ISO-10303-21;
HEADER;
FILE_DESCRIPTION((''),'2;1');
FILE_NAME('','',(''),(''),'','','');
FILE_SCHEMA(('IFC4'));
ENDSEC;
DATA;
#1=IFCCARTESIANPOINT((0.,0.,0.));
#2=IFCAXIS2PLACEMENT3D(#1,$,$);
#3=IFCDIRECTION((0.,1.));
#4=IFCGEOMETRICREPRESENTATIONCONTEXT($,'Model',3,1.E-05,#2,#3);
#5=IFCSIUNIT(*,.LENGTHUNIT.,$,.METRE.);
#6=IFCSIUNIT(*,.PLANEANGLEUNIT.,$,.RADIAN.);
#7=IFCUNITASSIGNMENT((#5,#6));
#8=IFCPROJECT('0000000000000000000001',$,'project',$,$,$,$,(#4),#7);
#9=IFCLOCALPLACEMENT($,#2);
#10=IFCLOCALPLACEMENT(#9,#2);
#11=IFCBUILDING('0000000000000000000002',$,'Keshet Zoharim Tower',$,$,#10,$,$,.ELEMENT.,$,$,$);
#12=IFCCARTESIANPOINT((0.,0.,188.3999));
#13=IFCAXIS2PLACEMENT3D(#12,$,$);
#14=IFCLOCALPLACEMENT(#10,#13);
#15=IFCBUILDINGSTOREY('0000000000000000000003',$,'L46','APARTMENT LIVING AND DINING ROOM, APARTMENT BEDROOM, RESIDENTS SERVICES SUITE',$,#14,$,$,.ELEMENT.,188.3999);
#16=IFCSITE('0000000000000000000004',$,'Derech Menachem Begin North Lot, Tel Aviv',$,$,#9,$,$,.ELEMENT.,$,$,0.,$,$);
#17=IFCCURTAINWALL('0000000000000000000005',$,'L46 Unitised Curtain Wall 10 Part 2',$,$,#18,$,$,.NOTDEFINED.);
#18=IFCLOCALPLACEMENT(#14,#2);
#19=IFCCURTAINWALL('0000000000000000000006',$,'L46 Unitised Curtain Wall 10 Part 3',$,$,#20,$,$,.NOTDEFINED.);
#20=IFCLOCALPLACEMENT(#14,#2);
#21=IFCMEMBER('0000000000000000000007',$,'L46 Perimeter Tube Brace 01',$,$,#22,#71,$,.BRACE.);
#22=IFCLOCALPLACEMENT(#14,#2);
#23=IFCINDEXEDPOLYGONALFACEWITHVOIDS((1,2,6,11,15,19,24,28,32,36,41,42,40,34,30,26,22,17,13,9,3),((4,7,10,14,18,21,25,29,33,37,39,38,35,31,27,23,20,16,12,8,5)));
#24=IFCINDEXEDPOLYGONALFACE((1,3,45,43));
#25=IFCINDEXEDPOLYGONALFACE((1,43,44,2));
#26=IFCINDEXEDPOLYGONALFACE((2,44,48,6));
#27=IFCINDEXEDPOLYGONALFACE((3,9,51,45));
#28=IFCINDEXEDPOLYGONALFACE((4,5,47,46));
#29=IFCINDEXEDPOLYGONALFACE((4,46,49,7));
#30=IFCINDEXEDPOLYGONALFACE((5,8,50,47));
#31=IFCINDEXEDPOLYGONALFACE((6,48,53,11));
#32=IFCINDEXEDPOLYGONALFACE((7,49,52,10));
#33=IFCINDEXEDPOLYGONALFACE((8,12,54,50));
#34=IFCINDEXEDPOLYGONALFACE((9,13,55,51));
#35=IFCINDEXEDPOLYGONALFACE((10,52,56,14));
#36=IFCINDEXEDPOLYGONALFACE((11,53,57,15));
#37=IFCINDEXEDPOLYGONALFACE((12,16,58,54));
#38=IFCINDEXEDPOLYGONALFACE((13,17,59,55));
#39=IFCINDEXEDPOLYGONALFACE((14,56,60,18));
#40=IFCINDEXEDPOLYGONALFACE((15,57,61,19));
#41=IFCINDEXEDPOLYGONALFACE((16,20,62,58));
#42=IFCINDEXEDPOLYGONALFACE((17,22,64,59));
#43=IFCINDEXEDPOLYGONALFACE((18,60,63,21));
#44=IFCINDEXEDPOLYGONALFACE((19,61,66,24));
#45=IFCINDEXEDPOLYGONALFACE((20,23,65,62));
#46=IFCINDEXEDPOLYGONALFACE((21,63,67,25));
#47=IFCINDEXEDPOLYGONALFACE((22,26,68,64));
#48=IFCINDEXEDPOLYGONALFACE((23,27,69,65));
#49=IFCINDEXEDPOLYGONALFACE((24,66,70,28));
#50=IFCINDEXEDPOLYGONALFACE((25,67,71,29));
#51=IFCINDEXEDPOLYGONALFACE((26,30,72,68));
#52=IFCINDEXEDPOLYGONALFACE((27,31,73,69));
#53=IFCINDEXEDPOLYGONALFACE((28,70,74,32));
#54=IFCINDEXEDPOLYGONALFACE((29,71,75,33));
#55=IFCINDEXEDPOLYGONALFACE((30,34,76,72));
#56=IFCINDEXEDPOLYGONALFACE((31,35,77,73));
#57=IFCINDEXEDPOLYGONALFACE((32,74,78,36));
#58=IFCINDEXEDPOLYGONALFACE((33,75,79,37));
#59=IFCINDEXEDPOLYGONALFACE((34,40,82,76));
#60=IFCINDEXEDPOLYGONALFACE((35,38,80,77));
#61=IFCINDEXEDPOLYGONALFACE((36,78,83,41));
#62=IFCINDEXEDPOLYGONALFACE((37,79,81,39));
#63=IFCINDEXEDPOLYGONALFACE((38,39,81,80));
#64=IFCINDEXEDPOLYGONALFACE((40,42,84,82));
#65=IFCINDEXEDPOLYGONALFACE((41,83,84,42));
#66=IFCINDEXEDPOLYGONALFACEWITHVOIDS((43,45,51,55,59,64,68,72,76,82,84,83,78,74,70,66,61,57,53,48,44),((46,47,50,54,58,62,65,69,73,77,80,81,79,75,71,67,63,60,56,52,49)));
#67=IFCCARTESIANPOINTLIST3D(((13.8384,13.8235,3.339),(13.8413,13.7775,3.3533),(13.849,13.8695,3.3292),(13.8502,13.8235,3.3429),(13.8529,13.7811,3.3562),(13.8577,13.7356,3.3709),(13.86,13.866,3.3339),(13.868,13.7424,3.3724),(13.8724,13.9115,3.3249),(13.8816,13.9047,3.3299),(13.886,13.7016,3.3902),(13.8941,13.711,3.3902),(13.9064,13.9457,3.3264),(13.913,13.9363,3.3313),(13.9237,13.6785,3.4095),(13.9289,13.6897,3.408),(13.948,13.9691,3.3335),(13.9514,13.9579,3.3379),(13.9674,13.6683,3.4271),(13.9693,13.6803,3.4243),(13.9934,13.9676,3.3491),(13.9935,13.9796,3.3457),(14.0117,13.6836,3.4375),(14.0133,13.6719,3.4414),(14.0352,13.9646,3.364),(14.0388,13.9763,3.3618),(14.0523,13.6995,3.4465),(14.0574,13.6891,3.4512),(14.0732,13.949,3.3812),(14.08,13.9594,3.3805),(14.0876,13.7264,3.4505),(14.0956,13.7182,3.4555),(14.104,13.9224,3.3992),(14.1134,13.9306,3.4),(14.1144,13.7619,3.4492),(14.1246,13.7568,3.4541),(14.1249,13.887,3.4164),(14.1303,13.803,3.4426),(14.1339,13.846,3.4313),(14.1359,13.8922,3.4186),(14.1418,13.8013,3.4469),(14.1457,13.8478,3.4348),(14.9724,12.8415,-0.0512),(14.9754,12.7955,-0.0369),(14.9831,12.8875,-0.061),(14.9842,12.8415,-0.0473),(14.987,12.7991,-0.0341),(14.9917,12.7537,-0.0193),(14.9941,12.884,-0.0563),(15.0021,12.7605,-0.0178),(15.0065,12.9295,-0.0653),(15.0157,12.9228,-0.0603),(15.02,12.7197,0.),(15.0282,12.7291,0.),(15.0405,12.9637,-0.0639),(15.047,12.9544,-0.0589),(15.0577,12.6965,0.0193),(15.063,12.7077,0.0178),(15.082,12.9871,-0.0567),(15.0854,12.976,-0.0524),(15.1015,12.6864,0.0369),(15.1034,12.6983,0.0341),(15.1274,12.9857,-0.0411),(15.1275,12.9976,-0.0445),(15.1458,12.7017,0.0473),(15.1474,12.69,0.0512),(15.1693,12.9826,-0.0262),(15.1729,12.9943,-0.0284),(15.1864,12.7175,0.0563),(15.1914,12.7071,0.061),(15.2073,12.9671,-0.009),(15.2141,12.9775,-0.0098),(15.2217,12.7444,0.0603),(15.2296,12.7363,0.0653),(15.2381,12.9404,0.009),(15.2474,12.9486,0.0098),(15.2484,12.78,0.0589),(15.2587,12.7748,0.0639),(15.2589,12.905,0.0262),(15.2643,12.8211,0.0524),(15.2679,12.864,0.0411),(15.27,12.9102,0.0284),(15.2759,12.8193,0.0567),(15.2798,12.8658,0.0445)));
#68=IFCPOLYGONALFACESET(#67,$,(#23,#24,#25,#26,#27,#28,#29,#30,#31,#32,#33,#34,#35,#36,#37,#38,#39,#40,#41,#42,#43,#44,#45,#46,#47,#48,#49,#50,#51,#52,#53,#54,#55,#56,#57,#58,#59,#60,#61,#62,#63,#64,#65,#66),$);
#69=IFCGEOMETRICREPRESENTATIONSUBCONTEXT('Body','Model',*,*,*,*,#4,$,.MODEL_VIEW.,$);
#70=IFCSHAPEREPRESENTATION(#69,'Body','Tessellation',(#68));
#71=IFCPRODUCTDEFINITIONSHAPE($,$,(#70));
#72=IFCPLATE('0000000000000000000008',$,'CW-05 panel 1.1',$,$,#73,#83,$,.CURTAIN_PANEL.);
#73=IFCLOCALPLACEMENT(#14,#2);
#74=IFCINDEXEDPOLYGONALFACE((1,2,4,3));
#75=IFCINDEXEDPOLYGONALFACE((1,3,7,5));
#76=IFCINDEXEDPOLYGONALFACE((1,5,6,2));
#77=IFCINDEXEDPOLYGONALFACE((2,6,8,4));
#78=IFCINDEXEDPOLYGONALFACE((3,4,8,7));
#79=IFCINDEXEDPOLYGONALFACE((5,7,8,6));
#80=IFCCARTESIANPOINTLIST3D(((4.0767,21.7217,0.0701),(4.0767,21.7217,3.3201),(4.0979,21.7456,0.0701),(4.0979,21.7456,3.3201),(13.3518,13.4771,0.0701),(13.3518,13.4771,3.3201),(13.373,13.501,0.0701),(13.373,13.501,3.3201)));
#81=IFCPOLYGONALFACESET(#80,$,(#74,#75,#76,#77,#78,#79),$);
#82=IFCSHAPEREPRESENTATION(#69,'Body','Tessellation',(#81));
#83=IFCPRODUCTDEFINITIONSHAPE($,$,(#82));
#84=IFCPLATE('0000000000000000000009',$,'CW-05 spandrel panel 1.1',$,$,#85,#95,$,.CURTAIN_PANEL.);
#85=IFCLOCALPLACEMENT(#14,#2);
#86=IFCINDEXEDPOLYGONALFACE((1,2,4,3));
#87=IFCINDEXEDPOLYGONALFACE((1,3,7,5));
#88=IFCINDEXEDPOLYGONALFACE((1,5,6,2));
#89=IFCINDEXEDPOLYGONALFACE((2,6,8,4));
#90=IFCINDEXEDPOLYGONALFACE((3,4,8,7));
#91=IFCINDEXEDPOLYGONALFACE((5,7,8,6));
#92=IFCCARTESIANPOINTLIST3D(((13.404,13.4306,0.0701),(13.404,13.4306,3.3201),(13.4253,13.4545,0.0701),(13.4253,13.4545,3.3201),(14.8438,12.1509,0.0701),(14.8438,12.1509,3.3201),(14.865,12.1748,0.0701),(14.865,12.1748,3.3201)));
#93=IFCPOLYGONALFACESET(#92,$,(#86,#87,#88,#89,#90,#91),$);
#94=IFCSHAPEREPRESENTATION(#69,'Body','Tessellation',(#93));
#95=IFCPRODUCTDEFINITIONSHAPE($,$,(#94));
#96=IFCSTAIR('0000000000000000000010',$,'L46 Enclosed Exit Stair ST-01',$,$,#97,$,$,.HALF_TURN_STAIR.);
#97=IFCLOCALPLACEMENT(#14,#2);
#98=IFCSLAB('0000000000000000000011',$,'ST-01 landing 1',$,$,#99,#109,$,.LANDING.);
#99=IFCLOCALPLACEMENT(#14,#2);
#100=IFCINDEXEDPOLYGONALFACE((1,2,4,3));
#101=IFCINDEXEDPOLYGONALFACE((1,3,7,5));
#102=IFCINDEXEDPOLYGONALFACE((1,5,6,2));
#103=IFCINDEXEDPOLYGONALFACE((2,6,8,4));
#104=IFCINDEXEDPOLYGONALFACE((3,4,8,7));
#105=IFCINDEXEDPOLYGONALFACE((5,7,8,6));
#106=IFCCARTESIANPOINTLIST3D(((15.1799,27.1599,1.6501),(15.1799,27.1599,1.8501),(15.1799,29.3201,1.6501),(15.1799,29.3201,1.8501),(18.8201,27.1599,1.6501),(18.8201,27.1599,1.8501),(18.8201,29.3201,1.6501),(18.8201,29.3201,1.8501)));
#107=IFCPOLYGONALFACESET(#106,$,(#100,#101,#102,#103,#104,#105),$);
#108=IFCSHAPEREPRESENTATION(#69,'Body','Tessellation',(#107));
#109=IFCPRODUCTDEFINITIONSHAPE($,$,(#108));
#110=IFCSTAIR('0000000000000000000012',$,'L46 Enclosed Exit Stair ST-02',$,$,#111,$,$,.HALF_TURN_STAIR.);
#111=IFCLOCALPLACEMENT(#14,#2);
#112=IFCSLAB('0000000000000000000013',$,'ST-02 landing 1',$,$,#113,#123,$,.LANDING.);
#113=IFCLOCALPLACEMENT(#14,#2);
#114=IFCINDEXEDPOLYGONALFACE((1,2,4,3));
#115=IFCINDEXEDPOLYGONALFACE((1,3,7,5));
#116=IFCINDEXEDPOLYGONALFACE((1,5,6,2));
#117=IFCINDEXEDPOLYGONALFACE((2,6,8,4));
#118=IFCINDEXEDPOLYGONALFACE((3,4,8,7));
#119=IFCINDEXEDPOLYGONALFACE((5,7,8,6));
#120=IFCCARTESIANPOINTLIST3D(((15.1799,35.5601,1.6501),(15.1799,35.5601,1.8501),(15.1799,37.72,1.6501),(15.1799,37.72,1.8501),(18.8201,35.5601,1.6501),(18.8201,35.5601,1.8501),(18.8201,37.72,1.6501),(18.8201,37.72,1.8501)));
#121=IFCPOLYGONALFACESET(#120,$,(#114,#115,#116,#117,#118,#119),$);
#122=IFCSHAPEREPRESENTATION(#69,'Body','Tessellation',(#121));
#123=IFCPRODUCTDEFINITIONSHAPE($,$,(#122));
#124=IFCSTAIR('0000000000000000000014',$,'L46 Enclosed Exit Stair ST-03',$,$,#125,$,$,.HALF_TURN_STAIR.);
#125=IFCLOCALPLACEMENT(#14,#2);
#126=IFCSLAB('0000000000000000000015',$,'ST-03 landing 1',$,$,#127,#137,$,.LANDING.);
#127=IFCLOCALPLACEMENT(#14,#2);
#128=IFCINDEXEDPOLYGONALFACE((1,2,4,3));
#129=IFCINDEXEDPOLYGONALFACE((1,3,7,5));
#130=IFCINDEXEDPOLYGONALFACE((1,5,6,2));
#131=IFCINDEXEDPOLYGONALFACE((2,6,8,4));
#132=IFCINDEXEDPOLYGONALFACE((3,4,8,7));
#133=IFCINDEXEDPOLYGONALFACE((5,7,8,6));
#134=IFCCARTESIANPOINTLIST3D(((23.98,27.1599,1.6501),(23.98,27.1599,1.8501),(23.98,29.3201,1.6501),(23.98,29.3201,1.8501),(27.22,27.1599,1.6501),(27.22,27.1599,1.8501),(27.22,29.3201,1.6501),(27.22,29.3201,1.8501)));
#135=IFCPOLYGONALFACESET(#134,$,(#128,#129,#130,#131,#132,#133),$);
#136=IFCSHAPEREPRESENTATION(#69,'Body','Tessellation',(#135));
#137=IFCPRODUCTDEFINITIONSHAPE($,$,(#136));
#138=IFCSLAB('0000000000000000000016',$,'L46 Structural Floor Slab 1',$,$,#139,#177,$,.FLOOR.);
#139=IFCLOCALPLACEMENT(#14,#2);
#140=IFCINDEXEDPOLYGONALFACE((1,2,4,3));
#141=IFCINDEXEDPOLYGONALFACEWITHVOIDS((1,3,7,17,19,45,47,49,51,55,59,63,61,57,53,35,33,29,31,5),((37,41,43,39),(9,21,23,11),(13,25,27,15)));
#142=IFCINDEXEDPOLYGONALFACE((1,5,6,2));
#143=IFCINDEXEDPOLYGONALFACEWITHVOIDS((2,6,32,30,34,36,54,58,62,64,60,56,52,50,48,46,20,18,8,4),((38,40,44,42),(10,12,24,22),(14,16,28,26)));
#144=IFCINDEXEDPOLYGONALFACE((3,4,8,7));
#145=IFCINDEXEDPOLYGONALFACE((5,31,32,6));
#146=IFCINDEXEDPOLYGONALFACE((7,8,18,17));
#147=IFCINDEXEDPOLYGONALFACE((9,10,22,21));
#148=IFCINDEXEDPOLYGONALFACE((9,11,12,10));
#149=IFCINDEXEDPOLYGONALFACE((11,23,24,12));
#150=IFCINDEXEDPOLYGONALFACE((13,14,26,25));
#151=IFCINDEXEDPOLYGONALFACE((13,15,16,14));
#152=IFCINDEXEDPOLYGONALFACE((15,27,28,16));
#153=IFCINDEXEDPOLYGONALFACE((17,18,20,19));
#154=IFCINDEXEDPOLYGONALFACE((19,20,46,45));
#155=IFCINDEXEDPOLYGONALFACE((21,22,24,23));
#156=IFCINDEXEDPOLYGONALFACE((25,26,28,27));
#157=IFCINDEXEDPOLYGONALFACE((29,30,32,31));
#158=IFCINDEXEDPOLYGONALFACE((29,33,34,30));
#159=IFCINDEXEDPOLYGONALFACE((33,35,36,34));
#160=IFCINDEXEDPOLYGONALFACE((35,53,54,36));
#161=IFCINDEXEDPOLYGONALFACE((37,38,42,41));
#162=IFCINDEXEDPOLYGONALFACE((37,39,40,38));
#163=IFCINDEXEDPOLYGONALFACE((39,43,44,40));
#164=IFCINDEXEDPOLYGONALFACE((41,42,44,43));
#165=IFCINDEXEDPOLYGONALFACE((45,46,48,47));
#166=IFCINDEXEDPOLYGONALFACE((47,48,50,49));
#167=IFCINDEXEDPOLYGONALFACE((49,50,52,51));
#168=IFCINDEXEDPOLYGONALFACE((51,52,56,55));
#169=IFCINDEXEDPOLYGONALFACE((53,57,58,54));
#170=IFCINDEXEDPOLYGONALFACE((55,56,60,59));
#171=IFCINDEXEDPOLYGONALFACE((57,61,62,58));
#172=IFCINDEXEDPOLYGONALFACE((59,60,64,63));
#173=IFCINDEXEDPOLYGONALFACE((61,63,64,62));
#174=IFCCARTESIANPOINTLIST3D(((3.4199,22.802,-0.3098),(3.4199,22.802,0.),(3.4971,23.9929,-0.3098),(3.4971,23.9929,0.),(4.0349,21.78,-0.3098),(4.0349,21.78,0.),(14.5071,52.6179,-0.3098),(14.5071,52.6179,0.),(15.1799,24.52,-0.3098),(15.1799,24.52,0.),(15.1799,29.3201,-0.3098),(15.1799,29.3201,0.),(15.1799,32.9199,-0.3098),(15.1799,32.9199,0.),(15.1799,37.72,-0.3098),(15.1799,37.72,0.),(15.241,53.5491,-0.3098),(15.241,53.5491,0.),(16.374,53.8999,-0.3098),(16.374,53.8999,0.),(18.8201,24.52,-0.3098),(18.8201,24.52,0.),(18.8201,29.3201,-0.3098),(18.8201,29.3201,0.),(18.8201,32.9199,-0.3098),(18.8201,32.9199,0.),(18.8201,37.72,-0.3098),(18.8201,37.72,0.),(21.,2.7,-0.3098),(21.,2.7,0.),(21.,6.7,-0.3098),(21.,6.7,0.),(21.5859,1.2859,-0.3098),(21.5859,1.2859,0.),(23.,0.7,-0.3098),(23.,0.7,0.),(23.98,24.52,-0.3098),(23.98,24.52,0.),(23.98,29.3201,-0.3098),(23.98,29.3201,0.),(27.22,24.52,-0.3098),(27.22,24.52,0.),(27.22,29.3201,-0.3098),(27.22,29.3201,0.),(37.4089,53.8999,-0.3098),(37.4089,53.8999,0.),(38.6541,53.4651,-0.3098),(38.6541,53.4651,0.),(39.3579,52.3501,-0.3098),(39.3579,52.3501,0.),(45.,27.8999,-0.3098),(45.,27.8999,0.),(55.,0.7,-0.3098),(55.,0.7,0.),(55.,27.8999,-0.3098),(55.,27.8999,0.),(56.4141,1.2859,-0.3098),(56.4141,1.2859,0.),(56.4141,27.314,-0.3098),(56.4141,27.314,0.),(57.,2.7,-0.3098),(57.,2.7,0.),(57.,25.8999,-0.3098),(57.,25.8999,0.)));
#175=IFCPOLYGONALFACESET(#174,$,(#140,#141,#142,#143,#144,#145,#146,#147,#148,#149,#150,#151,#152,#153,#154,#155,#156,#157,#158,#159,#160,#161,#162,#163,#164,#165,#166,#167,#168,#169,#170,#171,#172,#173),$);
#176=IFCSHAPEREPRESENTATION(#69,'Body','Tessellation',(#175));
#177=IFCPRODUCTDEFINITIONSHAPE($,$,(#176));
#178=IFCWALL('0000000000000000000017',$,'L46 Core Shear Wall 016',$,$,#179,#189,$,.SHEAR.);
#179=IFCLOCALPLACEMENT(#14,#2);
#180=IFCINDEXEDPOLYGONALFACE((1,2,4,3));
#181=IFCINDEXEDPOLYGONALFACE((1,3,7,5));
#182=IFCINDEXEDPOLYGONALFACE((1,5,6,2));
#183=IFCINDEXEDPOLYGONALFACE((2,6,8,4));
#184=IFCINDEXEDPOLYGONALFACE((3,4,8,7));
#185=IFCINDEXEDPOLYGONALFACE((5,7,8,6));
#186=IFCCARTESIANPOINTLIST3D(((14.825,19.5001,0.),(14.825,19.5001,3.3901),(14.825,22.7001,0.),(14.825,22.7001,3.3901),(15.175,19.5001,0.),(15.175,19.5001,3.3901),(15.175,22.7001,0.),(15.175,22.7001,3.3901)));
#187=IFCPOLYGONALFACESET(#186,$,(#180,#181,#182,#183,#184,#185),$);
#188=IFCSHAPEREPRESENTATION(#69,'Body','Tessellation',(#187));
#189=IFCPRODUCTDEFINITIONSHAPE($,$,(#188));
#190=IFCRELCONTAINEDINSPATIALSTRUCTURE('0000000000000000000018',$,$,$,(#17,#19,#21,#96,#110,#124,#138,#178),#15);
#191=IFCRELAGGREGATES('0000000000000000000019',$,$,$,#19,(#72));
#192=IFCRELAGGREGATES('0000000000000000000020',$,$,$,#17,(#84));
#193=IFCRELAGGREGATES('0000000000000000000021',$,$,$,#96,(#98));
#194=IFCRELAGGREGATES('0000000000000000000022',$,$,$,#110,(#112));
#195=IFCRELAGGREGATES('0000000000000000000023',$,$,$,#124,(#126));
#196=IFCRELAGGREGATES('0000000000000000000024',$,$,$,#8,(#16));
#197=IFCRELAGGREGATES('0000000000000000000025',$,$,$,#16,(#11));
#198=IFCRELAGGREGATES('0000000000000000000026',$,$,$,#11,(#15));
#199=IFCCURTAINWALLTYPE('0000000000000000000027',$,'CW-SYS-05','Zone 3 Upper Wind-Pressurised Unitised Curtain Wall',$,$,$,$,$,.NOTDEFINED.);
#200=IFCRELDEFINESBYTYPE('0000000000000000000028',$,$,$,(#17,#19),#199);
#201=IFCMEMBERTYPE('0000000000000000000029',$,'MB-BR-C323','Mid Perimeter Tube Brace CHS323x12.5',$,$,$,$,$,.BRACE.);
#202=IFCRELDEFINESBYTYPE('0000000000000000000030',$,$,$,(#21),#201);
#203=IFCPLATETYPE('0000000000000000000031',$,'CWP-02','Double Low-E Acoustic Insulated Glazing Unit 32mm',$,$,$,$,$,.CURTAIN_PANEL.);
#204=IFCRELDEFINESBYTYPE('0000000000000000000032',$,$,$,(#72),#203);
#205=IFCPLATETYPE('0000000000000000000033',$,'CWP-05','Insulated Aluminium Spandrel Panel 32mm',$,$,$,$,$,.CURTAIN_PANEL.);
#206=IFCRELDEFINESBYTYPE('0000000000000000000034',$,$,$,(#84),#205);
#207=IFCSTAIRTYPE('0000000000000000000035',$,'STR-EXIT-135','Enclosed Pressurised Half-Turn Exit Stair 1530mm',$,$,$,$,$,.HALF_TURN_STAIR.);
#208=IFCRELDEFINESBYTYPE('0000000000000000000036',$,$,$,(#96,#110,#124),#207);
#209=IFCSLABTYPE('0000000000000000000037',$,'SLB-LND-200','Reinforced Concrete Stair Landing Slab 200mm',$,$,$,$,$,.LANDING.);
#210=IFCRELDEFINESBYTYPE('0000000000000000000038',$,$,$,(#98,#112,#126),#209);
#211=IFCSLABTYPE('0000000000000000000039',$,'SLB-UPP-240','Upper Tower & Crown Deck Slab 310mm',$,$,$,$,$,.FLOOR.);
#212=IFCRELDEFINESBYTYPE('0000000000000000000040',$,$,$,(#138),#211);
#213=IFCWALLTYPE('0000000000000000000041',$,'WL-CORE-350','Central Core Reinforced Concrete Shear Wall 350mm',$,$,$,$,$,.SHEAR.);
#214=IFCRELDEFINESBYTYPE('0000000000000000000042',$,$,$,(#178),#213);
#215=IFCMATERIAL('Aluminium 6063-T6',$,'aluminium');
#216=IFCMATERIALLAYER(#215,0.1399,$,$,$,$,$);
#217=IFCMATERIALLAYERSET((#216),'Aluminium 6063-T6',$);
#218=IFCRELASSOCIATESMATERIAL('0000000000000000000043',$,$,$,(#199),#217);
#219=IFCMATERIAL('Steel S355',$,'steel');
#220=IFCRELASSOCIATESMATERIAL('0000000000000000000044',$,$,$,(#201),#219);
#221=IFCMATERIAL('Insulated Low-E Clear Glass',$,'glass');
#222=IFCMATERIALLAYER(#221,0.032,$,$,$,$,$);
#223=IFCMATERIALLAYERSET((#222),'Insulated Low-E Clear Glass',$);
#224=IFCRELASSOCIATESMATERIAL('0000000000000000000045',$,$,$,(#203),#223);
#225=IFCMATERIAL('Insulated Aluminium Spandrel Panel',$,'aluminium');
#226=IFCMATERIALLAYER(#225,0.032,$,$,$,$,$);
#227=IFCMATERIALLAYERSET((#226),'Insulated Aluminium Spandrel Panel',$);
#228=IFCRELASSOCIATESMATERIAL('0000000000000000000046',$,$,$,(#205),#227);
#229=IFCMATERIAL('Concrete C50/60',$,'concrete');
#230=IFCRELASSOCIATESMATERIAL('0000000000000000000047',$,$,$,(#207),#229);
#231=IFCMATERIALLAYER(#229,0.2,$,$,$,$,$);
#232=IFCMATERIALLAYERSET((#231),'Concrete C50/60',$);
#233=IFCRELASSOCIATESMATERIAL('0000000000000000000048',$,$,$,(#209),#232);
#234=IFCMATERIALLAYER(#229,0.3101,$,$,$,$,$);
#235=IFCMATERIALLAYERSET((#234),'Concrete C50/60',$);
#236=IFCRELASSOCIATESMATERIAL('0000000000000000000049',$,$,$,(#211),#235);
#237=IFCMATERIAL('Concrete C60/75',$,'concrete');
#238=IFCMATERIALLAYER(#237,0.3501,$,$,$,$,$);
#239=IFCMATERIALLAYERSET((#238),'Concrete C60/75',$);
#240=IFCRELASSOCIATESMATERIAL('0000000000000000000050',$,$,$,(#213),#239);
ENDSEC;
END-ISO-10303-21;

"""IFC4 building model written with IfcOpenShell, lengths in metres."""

from ifc_helpers import new_model, si_unit, direction, frame, frame_2d, origin, origin_2d, place, context, subcontext, project, spatial, polyline, rectangle, hollow_circle, outline, extrude, material, layer, layer_set, material_profile, profile_set, type_object, element, aggregate, save


model = new_model("IFC4")

# Units and contexts
model_context = context("Model", 3, precision=1e-05, world=origin(), true_north=direction((0.0, 1.0)))
body_context = subcontext(model_context, "Body", "Model", "MODEL_VIEW")
ifc_project = project(units=[si_unit("LENGTHUNIT", "METRE"), si_unit("PLANEANGLEUNIT", "RADIAN")], contexts=[model_context])

# Site, building, storey
site_placement = place(None, origin())
site = spatial("IfcSite", under=ifc_project, at=site_placement, Name="Derech Menachem Begin North Lot, Tel Aviv", CompositionType="ELEMENT", RefElevation=0.0)
building_placement = place(site_placement, origin())
building = spatial("IfcBuilding", under=site, at=building_placement, Name="Keshet Zoharim Tower", CompositionType="ELEMENT")
storey_placement = place(building_placement, frame((0.0, 0.0, 188.3999)))
storey = spatial("IfcBuildingStorey", under=building, at=storey_placement, Name="L46", Description="APARTMENT LIVING AND DINING ROOM, APARTMENT BEDROOM, RESIDENTS SERVICES SUITE", CompositionType="ELEMENT", Elevation=188.3999)

# Shared definitions
ifc_material_1 = material(Name="Steel S355", Category="steel")
ifc_material_2 = material(Name="Concrete C60/75", Category="concrete")

# Shared definitions
ifc_material_3 = material(Name="Concrete C50/60", Category="concrete")

# Shared definitions
ifc_material_4 = material(Name="Aluminium 6063-T6", Category="aluminium")
ifc_layer_1 = layer(ifc_material_4, 0.1399)
ifc_layer_set_1 = layer_set([ifc_layer_1], Name="Aluminium 6063-T6")
curtain_wall_type = type_object("IfcCurtainWallType", Name="CW-SYS-05", Description="Zone 3 Upper Wind-Pressurised Unitised Curtain Wall", PredefinedType="NOTDEFINED", material=ifc_layer_set_1)

# Curtain walls
curtain_wall_1_placement = place(storey_placement, origin())
curtain_wall_1 = element("IfcCurtainWall", 1, at=curtain_wall_1_placement, inside=storey, type_object=curtain_wall_type, Name="L46 Unitised Curtain Wall 10 Part 2", PredefinedType="NOTDEFINED")
curtain_wall_2_placement = place(storey_placement, origin())
curtain_wall_2 = element("IfcCurtainWall", 2, at=curtain_wall_2_placement, inside=storey, type_object=curtain_wall_type, Name="L46 Unitised Curtain Wall 10 Part 3", PredefinedType="NOTDEFINED")

# Member
ifc_material_profile_1 = material_profile(ifc_material_1, hollow_circle(Radius=0.1619, WallThickness=0.0125, at=origin_2d()), Name="CHS323x12.5")
ifc_profile_set_1 = profile_set([ifc_material_profile_1], Name="Steel S355")
member_type_1 = type_object("IfcMemberType", Name="MB-BR-C323", Description="Mid Perimeter Tube Brace CHS323x12.5", PredefinedType="BRACE", material=ifc_profile_set_1)
member_1_placement = place(storey_placement, frame((15.126, 12.842, 0.0), z_axis=(-0.305901, 0.264873, 0.914476), x_axis=(-0.65459, -0.755984, 0.0)))
element("IfcMember", 3, at=member_1_placement, inside=storey, type_object=member_type_1, Name="L46 Perimeter Tube Brace 01", PredefinedType="BRACE", context=body_context, shape_type="SweptSolid", body=[
    extrude(hollow_circle(Radius=0.1619, WallThickness=0.0125, at=origin_2d()), origin(), (0.0, 0.0, 1.0), 3.7073),
])

# Plates
ifc_material_5 = material(Name="Insulated Low-E Clear Glass", Category="glass")
ifc_layer_2 = layer(ifc_material_5, 0.032)
ifc_layer_set_2 = layer_set([ifc_layer_2], Name="Insulated Low-E Clear Glass")
plate_type_1 = type_object("IfcPlateType", Name="CWP-02", Description="Double Low-E Acoustic Insulated Glazing Unit 32mm", PredefinedType="CURTAIN_PANEL", material=ifc_layer_set_2)
plate_1_placement = place(storey_placement, frame((8.7249, 17.6113, 0.0701), z_axis=(0.0, 0.0, 1.0), x_axis=(-0.747407, 0.664367, 0.0)))
plate_1 = element("IfcPlate", 4, at=plate_1_placement, type_object=plate_type_1, Name="CW-05 panel 1.1", PredefinedType="CURTAIN_PANEL", context=body_context, shape_type="SweptSolid", body=[
    extrude(rectangle(XDim=12.4097, YDim=0.032, at=origin_2d()), origin(), (0.0, 0.0, 1.0), 3.25),
])
aggregate(curtain_wall_2, [plate_1])
ifc_material_6 = material(Name="Insulated Aluminium Spandrel Panel", Category="aluminium")
ifc_layer_3 = layer(ifc_material_6, 0.032)
ifc_layer_set_3 = layer_set([ifc_layer_3], Name="Insulated Aluminium Spandrel Panel")
plate_type_2 = type_object("IfcPlateType", Name="CWP-05", Description="Insulated Aluminium Spandrel Panel 32mm", PredefinedType="CURTAIN_PANEL", material=ifc_layer_set_3)
plate_2_placement = place(storey_placement, frame((14.1345, 12.8027, 0.0701), z_axis=(0.0, 0.0, 1.0), x_axis=(-0.74744, 0.66433, 0.0)))
plate_2 = element("IfcPlate", 5, at=plate_2_placement, type_object=plate_type_2, Name="CW-05 spandrel panel 1.1", PredefinedType="CURTAIN_PANEL", context=body_context, shape_type="SweptSolid", body=[
    extrude(rectangle(XDim=1.9263, YDim=0.032, at=origin_2d()), origin(), (0.0, 0.0, 1.0), 3.25),
])
aggregate(curtain_wall_1, [plate_2])

# Stairs, slabs
stair_type = type_object("IfcStairType", Name="STR-EXIT-135", Description="Enclosed Pressurised Half-Turn Exit Stair 1530mm", PredefinedType="HALF_TURN_STAIR", material=ifc_material_3)
stair_1_placement = place(storey_placement, origin())
stair_1 = element("IfcStair", 6, at=stair_1_placement, inside=storey, type_object=stair_type, Name="L46 Enclosed Exit Stair ST-01", PredefinedType="HALF_TURN_STAIR")
ifc_layer_4 = layer(ifc_material_3, 0.2)
ifc_layer_set_4 = layer_set([ifc_layer_4], Name="Concrete C50/60")
slab_type_1 = type_object("IfcSlabType", Name="SLB-LND-200", Description="Reinforced Concrete Stair Landing Slab 200mm", PredefinedType="LANDING", material=ifc_layer_set_4)
slab_1_placement = place(storey_placement, frame((0.0, 0.0, 1.6501)))
slab_1 = element("IfcSlab", 7, at=slab_1_placement, type_object=slab_type_1, Name="ST-01 landing 1", PredefinedType="LANDING", context=body_context, shape_type="SweptSolid", body=[
    extrude(outline(polyline([(15.1799, 27.1599), (18.8201, 27.1599), (18.8201, 29.3201), (15.1799, 29.3201), (15.1799, 27.1599)])), origin(), (0.0, 0.0, 1.0), 0.2),
])
aggregate(stair_1, [slab_1])
stair_2_placement = place(storey_placement, origin())
stair_2 = element("IfcStair", 8, at=stair_2_placement, inside=storey, type_object=stair_type, Name="L46 Enclosed Exit Stair ST-02", PredefinedType="HALF_TURN_STAIR")
slab_2_placement = place(storey_placement, frame((0.0, 0.0, 1.6501)))
slab_2 = element("IfcSlab", 9, at=slab_2_placement, type_object=slab_type_1, Name="ST-02 landing 1", PredefinedType="LANDING", context=body_context, shape_type="SweptSolid", body=[
    extrude(outline(polyline([(15.1799, 35.5601), (18.8201, 35.5601), (18.8201, 37.72), (15.1799, 37.72), (15.1799, 35.5601)])), origin(), (0.0, 0.0, 1.0), 0.2),
])
aggregate(stair_2, [slab_2])
stair_3_placement = place(storey_placement, origin())
stair_3 = element("IfcStair", 10, at=stair_3_placement, inside=storey, type_object=stair_type, Name="L46 Enclosed Exit Stair ST-03", PredefinedType="HALF_TURN_STAIR")
slab_3_placement = place(storey_placement, frame((0.0, 0.0, 1.6501)))
slab_3 = element("IfcSlab", 11, at=slab_3_placement, type_object=slab_type_1, Name="ST-03 landing 1", PredefinedType="LANDING", context=body_context, shape_type="SweptSolid", body=[
    extrude(outline(polyline([(23.98, 27.1599), (27.22, 27.1599), (27.22, 29.3201), (23.98, 29.3201), (23.98, 27.1599)])), origin(), (0.0, 0.0, 1.0), 0.2),
])
aggregate(stair_3, [slab_3])

# Slab
ifc_layer_5 = layer(ifc_material_3, 0.3101)
ifc_layer_set_5 = layer_set([ifc_layer_5], Name="Concrete C50/60")
slab_type_2 = type_object("IfcSlabType", Name="SLB-UPP-240", Description="Upper Tower & Crown Deck Slab 310mm", PredefinedType="FLOOR", material=ifc_layer_set_5)
slab_4_placement = place(storey_placement, frame((0.0, 0.0, -0.3098)))
element("IfcSlab", 12, at=slab_4_placement, inside=storey, type_object=slab_type_2, Name="L46 Structural Floor Slab 1", PredefinedType="FLOOR", context=body_context, shape_type="SweptSolid", body=[
    extrude(outline(polyline([(55.0, 27.8999), (56.4141, 27.314), (57.0, 25.8999), (57.0, 2.7), (56.4141, 1.2859), (55.0, 0.7), (23.0, 0.7), (21.5859, 1.2859), (21.0, 2.7), (21.0, 6.7), (4.0349, 21.78), (3.4199, 22.802), (3.4971, 23.9929), (14.5071, 52.6179), (15.241, 53.5491), (16.374, 53.8999), (37.4089, 53.8999), (38.6541, 53.4651), (39.3579, 52.3501), (45.0, 27.8999), (55.0, 27.8999)]), holes=[polyline([(15.1799, 24.52), (18.8201, 24.52), (18.8201, 29.3201), (15.1799, 29.3201), (15.1799, 24.52)]), polyline([(15.1799, 32.9199), (18.8201, 32.9199), (18.8201, 37.72), (15.1799, 37.72), (15.1799, 32.9199)]), polyline([(23.98, 24.52), (27.22, 24.52), (27.22, 29.3201), (23.98, 29.3201), (23.98, 24.52)])]), origin(), (0.0, 0.0, 1.0), 0.3098),
])

# Wall
ifc_layer_6 = layer(ifc_material_2, 0.3501)
ifc_layer_set_6 = layer_set([ifc_layer_6], Name="Concrete C60/75")
wall_type_1 = type_object("IfcWallType", Name="WL-CORE-350", Description="Central Core Reinforced Concrete Shear Wall 350mm", PredefinedType="SHEAR", material=ifc_layer_set_6)
wall_1_placement = place(storey_placement, frame((15.0, 19.5, 0.0), z_axis=(0.0, 0.0, 1.0), x_axis=(0.0, 1.0, 0.0)))
element("IfcWall", 13, at=wall_1_placement, inside=storey, type_object=wall_type_1, Name="L46 Core Shear Wall 016", PredefinedType="SHEAR", context=body_context, shape_type="SweptSolid", body=[
    extrude(rectangle(XDim=3.2, YDim=0.3501, at=frame_2d((1.6001, 0.0))), origin(), (0.0, 0.0, 1.0), 3.3901),
])

save(model, "model.ifc")
